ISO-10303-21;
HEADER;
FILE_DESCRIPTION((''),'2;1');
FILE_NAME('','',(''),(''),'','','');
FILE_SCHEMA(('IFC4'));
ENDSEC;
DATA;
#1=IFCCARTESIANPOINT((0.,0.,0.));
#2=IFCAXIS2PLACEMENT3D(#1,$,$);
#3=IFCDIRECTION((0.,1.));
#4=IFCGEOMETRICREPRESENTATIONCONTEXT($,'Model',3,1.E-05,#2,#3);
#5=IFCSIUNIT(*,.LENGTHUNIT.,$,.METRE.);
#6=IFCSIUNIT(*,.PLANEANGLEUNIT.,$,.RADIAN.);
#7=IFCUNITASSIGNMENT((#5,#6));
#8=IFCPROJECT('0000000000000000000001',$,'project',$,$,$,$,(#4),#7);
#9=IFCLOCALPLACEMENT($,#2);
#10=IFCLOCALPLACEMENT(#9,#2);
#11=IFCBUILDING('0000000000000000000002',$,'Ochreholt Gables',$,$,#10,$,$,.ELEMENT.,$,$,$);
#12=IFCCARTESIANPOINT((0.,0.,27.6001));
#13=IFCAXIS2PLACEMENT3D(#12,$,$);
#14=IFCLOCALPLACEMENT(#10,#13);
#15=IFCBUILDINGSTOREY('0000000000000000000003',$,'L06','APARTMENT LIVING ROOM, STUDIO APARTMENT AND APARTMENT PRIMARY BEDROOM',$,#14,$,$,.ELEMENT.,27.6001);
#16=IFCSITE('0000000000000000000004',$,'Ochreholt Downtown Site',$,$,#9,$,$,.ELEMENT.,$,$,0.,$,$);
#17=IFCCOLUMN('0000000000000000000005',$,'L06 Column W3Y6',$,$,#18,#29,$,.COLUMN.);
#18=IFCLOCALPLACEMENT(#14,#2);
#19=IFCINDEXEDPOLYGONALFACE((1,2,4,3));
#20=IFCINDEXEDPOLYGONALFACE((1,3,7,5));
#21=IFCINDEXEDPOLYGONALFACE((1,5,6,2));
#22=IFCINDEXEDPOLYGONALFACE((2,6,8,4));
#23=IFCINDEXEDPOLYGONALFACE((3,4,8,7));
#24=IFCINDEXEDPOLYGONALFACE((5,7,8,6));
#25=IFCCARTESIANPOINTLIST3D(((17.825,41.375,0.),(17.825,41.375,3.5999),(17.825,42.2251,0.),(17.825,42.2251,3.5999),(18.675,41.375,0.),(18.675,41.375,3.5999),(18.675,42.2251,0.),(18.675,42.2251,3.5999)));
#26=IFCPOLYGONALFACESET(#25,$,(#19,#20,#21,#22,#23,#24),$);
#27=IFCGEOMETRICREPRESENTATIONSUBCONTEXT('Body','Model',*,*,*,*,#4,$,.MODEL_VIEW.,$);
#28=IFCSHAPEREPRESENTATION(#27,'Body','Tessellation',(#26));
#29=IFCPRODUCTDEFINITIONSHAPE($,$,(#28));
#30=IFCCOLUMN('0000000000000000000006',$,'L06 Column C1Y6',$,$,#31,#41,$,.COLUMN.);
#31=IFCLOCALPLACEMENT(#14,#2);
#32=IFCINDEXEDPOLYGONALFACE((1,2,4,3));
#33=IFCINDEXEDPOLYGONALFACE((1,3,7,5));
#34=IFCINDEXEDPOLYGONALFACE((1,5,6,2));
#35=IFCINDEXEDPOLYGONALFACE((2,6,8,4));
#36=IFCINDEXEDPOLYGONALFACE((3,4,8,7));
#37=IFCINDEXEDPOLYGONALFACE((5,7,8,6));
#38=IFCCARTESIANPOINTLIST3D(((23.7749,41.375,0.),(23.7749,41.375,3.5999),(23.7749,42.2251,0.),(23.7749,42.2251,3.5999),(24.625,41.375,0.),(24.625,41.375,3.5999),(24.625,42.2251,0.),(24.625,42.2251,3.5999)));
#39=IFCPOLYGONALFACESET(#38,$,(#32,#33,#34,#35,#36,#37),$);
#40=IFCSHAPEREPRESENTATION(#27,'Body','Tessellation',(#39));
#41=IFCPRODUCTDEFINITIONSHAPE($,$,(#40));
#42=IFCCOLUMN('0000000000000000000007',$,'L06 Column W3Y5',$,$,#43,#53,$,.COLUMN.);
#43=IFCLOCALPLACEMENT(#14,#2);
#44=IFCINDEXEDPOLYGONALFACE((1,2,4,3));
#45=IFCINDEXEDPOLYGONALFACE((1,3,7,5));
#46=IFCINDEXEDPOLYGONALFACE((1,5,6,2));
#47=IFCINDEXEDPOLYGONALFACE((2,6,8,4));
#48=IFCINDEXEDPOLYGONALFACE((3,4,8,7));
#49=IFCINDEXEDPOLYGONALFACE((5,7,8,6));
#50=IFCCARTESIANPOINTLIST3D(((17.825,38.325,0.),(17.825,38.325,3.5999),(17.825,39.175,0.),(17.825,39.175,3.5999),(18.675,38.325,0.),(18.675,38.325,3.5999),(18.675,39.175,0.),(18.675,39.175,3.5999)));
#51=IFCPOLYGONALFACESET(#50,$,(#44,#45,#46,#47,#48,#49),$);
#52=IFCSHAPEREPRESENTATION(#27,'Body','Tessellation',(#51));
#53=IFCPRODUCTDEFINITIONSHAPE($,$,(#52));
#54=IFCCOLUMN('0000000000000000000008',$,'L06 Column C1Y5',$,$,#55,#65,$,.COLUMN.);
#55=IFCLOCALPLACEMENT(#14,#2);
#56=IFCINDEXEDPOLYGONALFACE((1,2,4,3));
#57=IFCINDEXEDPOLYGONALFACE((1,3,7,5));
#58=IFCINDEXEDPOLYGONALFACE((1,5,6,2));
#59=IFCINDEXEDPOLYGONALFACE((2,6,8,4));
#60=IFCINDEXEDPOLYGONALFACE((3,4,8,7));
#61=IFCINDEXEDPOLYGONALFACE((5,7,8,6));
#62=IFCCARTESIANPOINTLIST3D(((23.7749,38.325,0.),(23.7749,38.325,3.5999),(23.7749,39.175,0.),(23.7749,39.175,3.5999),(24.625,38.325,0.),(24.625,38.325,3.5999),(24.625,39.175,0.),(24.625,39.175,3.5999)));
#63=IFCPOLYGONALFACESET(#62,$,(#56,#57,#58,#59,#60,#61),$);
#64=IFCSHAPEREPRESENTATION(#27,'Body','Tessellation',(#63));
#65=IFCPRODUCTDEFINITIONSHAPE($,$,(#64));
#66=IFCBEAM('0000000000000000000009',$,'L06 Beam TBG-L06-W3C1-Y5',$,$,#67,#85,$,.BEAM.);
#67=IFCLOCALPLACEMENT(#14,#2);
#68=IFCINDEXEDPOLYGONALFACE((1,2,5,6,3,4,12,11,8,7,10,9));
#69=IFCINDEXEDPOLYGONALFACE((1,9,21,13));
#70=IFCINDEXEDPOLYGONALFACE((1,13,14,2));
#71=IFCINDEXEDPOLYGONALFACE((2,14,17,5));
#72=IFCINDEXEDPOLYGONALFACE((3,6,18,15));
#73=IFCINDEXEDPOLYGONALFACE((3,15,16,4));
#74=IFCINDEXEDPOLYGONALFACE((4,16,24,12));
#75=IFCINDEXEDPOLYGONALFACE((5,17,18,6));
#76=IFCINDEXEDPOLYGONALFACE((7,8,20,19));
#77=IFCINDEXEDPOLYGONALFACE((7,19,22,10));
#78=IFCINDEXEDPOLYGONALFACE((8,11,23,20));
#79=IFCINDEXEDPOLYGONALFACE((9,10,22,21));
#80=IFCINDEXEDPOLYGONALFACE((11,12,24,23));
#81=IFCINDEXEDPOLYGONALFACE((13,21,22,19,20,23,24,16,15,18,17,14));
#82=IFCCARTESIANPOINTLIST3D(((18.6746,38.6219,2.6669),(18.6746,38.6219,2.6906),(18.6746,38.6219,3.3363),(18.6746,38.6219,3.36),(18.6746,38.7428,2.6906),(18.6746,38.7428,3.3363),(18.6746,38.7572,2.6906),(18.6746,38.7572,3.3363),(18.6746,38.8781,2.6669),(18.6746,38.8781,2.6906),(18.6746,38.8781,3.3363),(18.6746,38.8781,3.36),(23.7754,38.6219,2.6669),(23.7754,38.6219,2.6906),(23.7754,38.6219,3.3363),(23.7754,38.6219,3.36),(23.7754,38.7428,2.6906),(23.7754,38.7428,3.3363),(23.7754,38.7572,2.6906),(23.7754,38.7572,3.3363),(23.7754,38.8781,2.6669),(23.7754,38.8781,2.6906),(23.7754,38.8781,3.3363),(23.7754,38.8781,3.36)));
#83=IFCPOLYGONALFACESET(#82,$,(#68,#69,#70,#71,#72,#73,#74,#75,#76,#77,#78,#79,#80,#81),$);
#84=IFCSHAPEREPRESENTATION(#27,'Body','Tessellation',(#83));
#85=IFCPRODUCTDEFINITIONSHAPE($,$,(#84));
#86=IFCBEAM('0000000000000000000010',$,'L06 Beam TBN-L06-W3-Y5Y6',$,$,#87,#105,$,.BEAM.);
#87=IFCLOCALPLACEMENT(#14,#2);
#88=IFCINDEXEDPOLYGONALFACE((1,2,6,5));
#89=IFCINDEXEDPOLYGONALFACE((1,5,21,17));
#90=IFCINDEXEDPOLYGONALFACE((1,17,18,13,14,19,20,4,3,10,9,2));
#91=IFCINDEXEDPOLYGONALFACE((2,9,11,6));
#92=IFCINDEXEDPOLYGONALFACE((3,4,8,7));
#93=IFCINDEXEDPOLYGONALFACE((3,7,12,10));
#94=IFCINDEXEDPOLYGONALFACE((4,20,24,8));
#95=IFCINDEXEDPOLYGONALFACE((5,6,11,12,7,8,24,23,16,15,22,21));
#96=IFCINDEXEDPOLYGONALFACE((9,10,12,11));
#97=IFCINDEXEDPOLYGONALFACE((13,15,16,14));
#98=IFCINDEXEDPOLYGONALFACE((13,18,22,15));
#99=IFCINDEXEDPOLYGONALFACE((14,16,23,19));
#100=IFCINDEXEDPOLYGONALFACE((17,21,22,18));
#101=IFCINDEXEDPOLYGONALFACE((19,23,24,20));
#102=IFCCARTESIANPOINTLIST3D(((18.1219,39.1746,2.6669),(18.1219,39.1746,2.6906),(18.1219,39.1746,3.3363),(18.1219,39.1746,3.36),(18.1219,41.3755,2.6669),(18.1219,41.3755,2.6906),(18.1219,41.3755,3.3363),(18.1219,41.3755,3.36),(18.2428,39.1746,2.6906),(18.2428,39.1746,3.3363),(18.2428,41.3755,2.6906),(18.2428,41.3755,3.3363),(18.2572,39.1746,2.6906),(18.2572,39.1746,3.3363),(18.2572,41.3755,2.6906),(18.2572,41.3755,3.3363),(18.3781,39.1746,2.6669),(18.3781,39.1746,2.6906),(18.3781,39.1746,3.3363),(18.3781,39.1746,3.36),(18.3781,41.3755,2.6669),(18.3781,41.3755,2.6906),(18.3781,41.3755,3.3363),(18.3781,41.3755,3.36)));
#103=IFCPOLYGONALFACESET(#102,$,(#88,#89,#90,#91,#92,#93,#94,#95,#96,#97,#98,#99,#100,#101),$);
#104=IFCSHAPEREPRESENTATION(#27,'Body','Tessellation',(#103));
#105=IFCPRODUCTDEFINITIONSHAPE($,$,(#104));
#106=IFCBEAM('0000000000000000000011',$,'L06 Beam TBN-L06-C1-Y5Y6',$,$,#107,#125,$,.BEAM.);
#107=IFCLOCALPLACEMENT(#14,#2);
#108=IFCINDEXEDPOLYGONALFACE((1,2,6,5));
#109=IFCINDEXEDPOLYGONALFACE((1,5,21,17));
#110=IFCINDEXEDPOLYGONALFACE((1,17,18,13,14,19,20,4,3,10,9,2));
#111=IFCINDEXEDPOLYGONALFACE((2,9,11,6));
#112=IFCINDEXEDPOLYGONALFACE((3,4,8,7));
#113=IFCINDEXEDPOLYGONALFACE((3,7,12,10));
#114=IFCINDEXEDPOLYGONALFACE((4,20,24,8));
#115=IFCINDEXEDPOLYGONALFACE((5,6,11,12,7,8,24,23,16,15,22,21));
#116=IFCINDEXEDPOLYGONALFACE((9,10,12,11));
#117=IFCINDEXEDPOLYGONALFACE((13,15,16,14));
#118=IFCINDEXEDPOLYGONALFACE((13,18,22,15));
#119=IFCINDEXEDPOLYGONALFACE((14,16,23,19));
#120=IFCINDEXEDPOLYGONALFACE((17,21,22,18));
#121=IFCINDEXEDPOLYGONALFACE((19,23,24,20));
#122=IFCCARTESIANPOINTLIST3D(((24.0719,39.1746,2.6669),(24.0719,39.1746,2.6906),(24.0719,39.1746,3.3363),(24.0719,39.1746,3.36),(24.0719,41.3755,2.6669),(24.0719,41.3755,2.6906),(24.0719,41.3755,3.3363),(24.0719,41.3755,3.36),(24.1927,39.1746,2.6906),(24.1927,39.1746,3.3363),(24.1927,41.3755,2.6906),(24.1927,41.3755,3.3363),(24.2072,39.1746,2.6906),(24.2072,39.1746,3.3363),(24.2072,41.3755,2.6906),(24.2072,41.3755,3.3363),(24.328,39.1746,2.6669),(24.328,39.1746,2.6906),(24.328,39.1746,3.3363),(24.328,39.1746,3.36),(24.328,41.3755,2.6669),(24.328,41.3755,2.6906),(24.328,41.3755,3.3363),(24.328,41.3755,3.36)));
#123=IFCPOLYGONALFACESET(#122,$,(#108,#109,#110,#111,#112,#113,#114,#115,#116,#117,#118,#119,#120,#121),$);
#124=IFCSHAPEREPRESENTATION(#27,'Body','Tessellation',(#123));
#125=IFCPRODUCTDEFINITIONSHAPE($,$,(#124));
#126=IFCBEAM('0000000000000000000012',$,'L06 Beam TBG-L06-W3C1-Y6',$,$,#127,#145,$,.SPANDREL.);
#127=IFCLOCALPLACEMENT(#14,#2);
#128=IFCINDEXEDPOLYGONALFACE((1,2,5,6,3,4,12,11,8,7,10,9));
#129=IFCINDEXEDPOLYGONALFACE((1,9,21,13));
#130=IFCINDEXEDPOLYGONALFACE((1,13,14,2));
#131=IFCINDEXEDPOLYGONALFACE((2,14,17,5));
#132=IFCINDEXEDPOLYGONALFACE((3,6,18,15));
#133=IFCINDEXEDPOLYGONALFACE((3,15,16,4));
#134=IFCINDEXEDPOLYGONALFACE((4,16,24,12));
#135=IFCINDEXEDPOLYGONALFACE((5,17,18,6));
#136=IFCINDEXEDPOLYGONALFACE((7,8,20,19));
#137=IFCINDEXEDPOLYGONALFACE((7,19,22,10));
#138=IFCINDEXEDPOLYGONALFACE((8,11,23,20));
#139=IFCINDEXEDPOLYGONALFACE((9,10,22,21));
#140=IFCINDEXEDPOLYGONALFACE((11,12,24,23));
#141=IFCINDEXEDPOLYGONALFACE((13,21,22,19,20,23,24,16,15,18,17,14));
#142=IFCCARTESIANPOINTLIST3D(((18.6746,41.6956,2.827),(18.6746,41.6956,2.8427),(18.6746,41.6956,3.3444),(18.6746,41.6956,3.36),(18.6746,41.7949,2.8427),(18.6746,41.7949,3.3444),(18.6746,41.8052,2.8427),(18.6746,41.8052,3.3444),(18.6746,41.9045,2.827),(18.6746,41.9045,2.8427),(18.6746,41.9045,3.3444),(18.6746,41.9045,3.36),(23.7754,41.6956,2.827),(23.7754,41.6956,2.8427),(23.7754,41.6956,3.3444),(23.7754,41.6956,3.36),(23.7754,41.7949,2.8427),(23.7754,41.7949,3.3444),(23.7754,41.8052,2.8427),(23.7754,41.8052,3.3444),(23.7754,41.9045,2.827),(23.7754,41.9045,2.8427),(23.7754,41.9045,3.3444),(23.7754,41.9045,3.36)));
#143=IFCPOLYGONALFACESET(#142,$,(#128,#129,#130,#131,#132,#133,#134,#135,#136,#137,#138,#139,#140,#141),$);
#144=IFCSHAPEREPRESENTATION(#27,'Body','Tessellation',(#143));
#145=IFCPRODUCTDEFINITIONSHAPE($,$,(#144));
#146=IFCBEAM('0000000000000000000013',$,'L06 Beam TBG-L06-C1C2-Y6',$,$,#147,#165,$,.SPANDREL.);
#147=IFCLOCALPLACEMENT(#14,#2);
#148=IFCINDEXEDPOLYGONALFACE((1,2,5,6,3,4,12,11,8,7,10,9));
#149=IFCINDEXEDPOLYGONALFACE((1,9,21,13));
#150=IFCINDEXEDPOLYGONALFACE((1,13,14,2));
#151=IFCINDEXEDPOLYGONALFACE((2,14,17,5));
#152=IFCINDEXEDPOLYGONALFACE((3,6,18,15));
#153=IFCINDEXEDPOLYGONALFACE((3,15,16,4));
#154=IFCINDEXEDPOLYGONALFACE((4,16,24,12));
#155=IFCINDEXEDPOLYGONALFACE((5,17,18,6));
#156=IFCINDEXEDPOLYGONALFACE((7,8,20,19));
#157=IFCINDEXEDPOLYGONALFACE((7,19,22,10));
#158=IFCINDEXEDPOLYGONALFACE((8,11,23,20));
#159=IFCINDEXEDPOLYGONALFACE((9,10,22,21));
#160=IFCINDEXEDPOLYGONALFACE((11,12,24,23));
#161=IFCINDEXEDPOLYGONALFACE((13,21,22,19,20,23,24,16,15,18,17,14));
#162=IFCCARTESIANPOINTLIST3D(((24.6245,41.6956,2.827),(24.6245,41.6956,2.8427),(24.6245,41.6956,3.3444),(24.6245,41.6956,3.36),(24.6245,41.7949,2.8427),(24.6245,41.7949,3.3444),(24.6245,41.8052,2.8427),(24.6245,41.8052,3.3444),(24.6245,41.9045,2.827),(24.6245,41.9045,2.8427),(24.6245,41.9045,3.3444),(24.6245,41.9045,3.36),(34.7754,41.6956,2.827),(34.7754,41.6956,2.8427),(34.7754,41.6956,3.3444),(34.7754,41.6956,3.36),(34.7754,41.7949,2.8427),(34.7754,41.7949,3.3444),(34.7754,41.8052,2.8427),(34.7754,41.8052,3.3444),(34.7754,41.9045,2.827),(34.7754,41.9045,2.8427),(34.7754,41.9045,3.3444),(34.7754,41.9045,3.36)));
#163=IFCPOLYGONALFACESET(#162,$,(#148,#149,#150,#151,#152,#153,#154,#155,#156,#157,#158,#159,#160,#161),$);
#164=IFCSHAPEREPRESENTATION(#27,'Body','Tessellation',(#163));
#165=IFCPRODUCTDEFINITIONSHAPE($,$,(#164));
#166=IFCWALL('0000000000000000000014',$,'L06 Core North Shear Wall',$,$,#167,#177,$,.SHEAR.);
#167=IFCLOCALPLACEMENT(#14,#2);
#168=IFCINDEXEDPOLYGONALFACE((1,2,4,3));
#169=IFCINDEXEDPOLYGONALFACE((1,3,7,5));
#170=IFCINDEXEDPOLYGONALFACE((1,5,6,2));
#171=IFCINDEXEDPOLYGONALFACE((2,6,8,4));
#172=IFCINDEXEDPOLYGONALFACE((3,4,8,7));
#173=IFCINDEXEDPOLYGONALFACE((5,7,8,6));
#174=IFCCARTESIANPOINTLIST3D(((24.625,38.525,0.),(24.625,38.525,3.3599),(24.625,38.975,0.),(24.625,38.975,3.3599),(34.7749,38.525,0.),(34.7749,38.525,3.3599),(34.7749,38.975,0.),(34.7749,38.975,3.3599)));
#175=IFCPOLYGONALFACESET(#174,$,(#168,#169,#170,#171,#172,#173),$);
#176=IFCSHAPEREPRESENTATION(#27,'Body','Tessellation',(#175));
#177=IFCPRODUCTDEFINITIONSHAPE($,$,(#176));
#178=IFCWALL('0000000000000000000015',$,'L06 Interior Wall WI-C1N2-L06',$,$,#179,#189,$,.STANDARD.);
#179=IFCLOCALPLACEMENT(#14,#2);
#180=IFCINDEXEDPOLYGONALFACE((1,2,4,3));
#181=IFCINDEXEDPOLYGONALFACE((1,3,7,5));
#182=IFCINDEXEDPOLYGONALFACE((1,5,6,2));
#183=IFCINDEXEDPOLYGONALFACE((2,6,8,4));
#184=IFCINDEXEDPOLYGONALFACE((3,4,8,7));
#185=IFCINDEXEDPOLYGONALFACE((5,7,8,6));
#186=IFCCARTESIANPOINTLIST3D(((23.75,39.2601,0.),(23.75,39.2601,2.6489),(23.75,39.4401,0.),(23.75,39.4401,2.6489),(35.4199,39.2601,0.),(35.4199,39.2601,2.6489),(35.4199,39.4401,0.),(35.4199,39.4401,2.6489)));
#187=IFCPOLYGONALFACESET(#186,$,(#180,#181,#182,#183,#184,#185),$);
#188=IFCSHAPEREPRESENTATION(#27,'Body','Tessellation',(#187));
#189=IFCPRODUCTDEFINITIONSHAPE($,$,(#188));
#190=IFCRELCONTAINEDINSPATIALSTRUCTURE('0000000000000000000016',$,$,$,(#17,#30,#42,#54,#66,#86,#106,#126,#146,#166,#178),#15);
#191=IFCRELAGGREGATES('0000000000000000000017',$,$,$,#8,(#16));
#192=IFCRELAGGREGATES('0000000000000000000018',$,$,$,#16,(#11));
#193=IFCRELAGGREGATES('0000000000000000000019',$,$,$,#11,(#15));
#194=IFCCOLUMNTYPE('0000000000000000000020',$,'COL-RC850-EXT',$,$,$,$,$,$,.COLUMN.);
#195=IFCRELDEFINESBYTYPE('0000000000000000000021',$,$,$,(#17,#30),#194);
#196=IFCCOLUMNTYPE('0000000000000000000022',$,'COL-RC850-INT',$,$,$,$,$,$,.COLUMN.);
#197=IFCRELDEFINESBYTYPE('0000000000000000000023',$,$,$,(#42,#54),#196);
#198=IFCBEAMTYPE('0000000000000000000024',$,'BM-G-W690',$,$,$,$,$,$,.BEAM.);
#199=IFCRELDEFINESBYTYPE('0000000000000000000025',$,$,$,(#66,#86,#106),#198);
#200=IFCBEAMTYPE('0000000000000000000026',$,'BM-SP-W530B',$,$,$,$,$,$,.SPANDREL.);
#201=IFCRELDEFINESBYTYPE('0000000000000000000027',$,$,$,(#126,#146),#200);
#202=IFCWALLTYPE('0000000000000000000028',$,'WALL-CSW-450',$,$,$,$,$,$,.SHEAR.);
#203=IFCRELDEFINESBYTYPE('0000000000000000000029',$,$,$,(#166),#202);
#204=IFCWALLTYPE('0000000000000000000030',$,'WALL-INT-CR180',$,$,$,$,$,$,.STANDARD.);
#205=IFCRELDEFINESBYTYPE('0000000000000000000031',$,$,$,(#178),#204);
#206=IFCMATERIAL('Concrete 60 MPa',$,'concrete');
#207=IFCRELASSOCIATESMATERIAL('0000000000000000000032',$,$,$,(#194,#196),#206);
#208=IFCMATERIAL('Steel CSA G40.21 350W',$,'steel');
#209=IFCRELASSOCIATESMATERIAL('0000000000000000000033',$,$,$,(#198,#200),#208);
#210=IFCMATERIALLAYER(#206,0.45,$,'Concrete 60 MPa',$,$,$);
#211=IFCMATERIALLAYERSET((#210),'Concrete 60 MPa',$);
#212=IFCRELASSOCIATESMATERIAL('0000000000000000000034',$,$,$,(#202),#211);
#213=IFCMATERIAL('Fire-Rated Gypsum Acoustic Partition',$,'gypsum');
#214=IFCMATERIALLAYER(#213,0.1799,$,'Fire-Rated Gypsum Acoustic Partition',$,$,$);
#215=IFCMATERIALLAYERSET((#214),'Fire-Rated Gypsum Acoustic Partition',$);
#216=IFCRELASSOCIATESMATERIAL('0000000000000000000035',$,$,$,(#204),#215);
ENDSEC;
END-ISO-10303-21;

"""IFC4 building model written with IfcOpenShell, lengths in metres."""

from ifc_helpers import new_model, si_unit, direction, frame, frame_2d, origin, origin_2d, place, context, subcontext, project, spatial, rectangle, i_section, extrude, material, layer, layer_set, material_profile, profile_set, type_object, element, save


model = new_model("IFC4")

# Units and contexts
model_context = context("Model", 3, precision=1e-05, world=origin(), true_north=direction((0.0, 1.0)))
body_context = subcontext(model_context, "Body", "Model", "MODEL_VIEW")
ifc_project = project(units=[si_unit("LENGTHUNIT", "METRE"), si_unit("PLANEANGLEUNIT", "RADIAN")], contexts=[model_context])

# Site, building, storey
site_placement = place(None, origin())
site = spatial("IfcSite", under=ifc_project, at=site_placement, Name="Ochreholt Downtown Site", CompositionType="ELEMENT", RefElevation=0.0)
building_placement = place(site_placement, origin())
building = spatial("IfcBuilding", under=site, at=building_placement, Name="Ochreholt Gables", CompositionType="ELEMENT")
storey_placement = place(building_placement, frame((0.0, 0.0, 27.6001)))
storey = spatial("IfcBuildingStorey", under=building, at=storey_placement, Name="L06", Description="APARTMENT LIVING ROOM, STUDIO APARTMENT AND APARTMENT PRIMARY BEDROOM", CompositionType="ELEMENT", Elevation=27.6001)

# Columns
ifc_material_1 = material(Name="Concrete 60 MPa", Category="concrete")
ifc_material_profile_1 = material_profile(ifc_material_1, rectangle(XDim=0.8501, YDim=0.8501, at=origin_2d()), Name="RC850X850")
ifc_profile_set_1 = profile_set([ifc_material_profile_1], Name="Concrete 60 MPa")
column_type_1 = type_object("IfcColumnType", Name="COL-RC850-EXT", PredefinedType="COLUMN", material=ifc_profile_set_1)
for number, where, z_axis, x_axis, name in (
    (1, (18.25, 41.8, 0.0), (0.0, 0.0, 1.0), (1.0, 0.0, 0.0), "L06 Column W3Y6"),
    (2, (24.2, 41.8, 0.0), (0.0, 0.0, 1.0), (1.0, 0.0, 0.0), "L06 Column C1Y6"),
):
    element("IfcColumn", number, at=place(storey_placement, frame(where, z_axis=z_axis, x_axis=x_axis)), inside=storey, type_object=column_type_1, Name=name, PredefinedType="COLUMN", context=body_context, shape_type="SweptSolid", body=[
        extrude(rectangle(XDim=0.8501, YDim=0.8501, at=origin_2d()), origin(), (0.0, 0.0, 1.0), 3.5999),
    ])
ifc_material_profile_2 = material_profile(ifc_material_1, rectangle(XDim=0.8501, YDim=0.8501, at=origin_2d()), Name="RC850X850")
ifc_profile_set_2 = profile_set([ifc_material_profile_2], Name="Concrete 60 MPa")
column_type_2 = type_object("IfcColumnType", Name="COL-RC850-INT", PredefinedType="COLUMN", material=ifc_profile_set_2)
for number, where, z_axis, x_axis, name in (
    (3, (18.25, 38.75, 0.0), (0.0, 0.0, 1.0), (1.0, 0.0, 0.0), "L06 Column W3Y5"),
    (4, (24.2, 38.75, 0.0), (0.0, 0.0, 1.0), (1.0, 0.0, 0.0), "L06 Column C1Y5"),
):
    element("IfcColumn", number, at=place(storey_placement, frame(where, z_axis=z_axis, x_axis=x_axis)), inside=storey, type_object=column_type_2, Name=name, PredefinedType="COLUMN", context=body_context, shape_type="SweptSolid", body=[
        extrude(rectangle(XDim=0.8501, YDim=0.8501, at=origin_2d()), origin(), (0.0, 0.0, 1.0), 3.5999),
    ])

# Beams
ifc_material_2 = material(Name="Steel CSA G40.21 350W", Category="steel")
ifc_material_profile_3 = material_profile(ifc_material_2, i_section(OverallWidth=0.2561, OverallDepth=0.6931, WebThickness=0.0144, FlangeThickness=0.0237, at=origin_2d()), Name="W690X170")
ifc_profile_set_3 = profile_set([ifc_material_profile_3], Name="Steel CSA G40.21 350W")
beam_type_1 = type_object("IfcBeamType", Name="BM-G-W690", PredefinedType="BEAM", material=ifc_profile_set_3)
beam_1_placement = place(storey_placement, frame((18.6746, 38.75, 3.0134), z_axis=(1.0, 0.0, 0.0), x_axis=(0.0, 1.0, 0.0)))
element("IfcBeam", 5, at=beam_1_placement, inside=storey, type_object=beam_type_1, Name="L06 Beam TBG-L06-W3C1-Y5", PredefinedType="BEAM", context=body_context, shape_type="SweptSolid", body=[
    extrude(i_section(OverallWidth=0.2561, OverallDepth=0.6931, WebThickness=0.0144, FlangeThickness=0.0237, at=origin_2d()), origin(), (0.0, 0.0, 1.0), 5.1008),
])
for number, where, z_axis, x_axis, name in (
    (6, (18.25, 39.1746, 3.0134), (0.0, 1.0, 0.0), (-1.0, 0.0, 0.0), "L06 Beam TBN-L06-W3-Y5Y6"),
    (7, (24.2, 39.1746, 3.0134), (0.0, 1.0, 0.0), (-1.0, 0.0, 0.0), "L06 Beam TBN-L06-C1-Y5Y6"),
):
    element("IfcBeam", number, at=place(storey_placement, frame(where, z_axis=z_axis, x_axis=x_axis)), inside=storey, type_object=beam_type_1, Name=name, PredefinedType="BEAM", context=body_context, shape_type="SweptSolid", body=[
        extrude(i_section(OverallWidth=0.2561, OverallDepth=0.6931, WebThickness=0.0144, FlangeThickness=0.0237, at=origin_2d()), origin(), (0.0, 0.0, 1.0), 2.2009),
    ])
ifc_material_profile_4 = material_profile(ifc_material_2, i_section(OverallWidth=0.209, OverallDepth=0.533, WebThickness=0.0103, FlangeThickness=0.0156, at=origin_2d()), Name="W530X92")
ifc_profile_set_4 = profile_set([ifc_material_profile_4], Name="Steel CSA G40.21 350W")
beam_type_2 = type_object("IfcBeamType", Name="BM-SP-W530B", PredefinedType="SPANDREL", material=ifc_profile_set_4)
beam_2_placement = place(storey_placement, frame((18.6746, 41.8, 3.0935), z_axis=(1.0, 0.0, 0.0), x_axis=(0.0, 1.0, 0.0)))
element("IfcBeam", 8, at=beam_2_placement, inside=storey, type_object=beam_type_2, Name="L06 Beam TBG-L06-W3C1-Y6", PredefinedType="SPANDREL", context=body_context, shape_type="SweptSolid", body=[
    extrude(i_section(OverallWidth=0.209, OverallDepth=0.533, WebThickness=0.0103, FlangeThickness=0.0156, at=origin_2d()), origin(), (0.0, 0.0, 1.0), 5.1008),
])
beam_3_placement = place(storey_placement, frame((24.6245, 41.8, 3.0935), z_axis=(1.0, 0.0, 0.0), x_axis=(0.0, 1.0, 0.0)))
element("IfcBeam", 9, at=beam_3_placement, inside=storey, type_object=beam_type_2, Name="L06 Beam TBG-L06-C1C2-Y6", PredefinedType="SPANDREL", context=body_context, shape_type="SweptSolid", body=[
    extrude(i_section(OverallWidth=0.209, OverallDepth=0.533, WebThickness=0.0103, FlangeThickness=0.0156, at=origin_2d()), origin(), (0.0, 0.0, 1.0), 10.1509),
])

# Walls
ifc_layer_1 = layer(ifc_material_1, 0.45, Name="Concrete 60 MPa")
ifc_layer_set_1 = layer_set([ifc_layer_1], Name="Concrete 60 MPa")
wall_type_1 = type_object("IfcWallType", Name="WALL-CSW-450", PredefinedType="SHEAR", material=ifc_layer_set_1)
wall_1_placement = place(storey_placement, frame((24.625, 38.75, 0.0), z_axis=(0.0, 0.0, 1.0), x_axis=(1.0, 0.0, 0.0)))
element("IfcWall", 10, at=wall_1_placement, inside=storey, type_object=wall_type_1, Name="L06 Core North Shear Wall", PredefinedType="SHEAR", context=body_context, shape_type="SweptSolid", body=[
    extrude(rectangle(XDim=10.1499, YDim=0.45, at=frame_2d((5.075, 0.0))), origin(), (0.0, 0.0, 1.0), 3.3599),
])
ifc_material_3 = material(Name="Fire-Rated Gypsum Acoustic Partition", Category="gypsum")
ifc_layer_2 = layer(ifc_material_3, 0.1799, Name="Fire-Rated Gypsum Acoustic Partition")
ifc_layer_set_2 = layer_set([ifc_layer_2], Name="Fire-Rated Gypsum Acoustic Partition")
wall_type_2 = type_object("IfcWallType", Name="WALL-INT-CR180", PredefinedType="STANDARD", material=ifc_layer_set_2)
wall_2_placement = place(storey_placement, frame((23.75, 39.3501, 0.0), z_axis=(0.0, 0.0, 1.0), x_axis=(1.0, 0.0, 0.0)))
element("IfcWall", 11, at=wall_2_placement, inside=storey, type_object=wall_type_2, Name="L06 Interior Wall WI-C1N2-L06", PredefinedType="STANDARD", context=body_context, shape_type="SweptSolid", body=[
    extrude(rectangle(XDim=11.6699, YDim=0.1799, at=frame_2d((5.835, 0.0))), origin(), (0.0, 0.0, 1.0), 2.6489),
])

save(model, "model.ifc")
